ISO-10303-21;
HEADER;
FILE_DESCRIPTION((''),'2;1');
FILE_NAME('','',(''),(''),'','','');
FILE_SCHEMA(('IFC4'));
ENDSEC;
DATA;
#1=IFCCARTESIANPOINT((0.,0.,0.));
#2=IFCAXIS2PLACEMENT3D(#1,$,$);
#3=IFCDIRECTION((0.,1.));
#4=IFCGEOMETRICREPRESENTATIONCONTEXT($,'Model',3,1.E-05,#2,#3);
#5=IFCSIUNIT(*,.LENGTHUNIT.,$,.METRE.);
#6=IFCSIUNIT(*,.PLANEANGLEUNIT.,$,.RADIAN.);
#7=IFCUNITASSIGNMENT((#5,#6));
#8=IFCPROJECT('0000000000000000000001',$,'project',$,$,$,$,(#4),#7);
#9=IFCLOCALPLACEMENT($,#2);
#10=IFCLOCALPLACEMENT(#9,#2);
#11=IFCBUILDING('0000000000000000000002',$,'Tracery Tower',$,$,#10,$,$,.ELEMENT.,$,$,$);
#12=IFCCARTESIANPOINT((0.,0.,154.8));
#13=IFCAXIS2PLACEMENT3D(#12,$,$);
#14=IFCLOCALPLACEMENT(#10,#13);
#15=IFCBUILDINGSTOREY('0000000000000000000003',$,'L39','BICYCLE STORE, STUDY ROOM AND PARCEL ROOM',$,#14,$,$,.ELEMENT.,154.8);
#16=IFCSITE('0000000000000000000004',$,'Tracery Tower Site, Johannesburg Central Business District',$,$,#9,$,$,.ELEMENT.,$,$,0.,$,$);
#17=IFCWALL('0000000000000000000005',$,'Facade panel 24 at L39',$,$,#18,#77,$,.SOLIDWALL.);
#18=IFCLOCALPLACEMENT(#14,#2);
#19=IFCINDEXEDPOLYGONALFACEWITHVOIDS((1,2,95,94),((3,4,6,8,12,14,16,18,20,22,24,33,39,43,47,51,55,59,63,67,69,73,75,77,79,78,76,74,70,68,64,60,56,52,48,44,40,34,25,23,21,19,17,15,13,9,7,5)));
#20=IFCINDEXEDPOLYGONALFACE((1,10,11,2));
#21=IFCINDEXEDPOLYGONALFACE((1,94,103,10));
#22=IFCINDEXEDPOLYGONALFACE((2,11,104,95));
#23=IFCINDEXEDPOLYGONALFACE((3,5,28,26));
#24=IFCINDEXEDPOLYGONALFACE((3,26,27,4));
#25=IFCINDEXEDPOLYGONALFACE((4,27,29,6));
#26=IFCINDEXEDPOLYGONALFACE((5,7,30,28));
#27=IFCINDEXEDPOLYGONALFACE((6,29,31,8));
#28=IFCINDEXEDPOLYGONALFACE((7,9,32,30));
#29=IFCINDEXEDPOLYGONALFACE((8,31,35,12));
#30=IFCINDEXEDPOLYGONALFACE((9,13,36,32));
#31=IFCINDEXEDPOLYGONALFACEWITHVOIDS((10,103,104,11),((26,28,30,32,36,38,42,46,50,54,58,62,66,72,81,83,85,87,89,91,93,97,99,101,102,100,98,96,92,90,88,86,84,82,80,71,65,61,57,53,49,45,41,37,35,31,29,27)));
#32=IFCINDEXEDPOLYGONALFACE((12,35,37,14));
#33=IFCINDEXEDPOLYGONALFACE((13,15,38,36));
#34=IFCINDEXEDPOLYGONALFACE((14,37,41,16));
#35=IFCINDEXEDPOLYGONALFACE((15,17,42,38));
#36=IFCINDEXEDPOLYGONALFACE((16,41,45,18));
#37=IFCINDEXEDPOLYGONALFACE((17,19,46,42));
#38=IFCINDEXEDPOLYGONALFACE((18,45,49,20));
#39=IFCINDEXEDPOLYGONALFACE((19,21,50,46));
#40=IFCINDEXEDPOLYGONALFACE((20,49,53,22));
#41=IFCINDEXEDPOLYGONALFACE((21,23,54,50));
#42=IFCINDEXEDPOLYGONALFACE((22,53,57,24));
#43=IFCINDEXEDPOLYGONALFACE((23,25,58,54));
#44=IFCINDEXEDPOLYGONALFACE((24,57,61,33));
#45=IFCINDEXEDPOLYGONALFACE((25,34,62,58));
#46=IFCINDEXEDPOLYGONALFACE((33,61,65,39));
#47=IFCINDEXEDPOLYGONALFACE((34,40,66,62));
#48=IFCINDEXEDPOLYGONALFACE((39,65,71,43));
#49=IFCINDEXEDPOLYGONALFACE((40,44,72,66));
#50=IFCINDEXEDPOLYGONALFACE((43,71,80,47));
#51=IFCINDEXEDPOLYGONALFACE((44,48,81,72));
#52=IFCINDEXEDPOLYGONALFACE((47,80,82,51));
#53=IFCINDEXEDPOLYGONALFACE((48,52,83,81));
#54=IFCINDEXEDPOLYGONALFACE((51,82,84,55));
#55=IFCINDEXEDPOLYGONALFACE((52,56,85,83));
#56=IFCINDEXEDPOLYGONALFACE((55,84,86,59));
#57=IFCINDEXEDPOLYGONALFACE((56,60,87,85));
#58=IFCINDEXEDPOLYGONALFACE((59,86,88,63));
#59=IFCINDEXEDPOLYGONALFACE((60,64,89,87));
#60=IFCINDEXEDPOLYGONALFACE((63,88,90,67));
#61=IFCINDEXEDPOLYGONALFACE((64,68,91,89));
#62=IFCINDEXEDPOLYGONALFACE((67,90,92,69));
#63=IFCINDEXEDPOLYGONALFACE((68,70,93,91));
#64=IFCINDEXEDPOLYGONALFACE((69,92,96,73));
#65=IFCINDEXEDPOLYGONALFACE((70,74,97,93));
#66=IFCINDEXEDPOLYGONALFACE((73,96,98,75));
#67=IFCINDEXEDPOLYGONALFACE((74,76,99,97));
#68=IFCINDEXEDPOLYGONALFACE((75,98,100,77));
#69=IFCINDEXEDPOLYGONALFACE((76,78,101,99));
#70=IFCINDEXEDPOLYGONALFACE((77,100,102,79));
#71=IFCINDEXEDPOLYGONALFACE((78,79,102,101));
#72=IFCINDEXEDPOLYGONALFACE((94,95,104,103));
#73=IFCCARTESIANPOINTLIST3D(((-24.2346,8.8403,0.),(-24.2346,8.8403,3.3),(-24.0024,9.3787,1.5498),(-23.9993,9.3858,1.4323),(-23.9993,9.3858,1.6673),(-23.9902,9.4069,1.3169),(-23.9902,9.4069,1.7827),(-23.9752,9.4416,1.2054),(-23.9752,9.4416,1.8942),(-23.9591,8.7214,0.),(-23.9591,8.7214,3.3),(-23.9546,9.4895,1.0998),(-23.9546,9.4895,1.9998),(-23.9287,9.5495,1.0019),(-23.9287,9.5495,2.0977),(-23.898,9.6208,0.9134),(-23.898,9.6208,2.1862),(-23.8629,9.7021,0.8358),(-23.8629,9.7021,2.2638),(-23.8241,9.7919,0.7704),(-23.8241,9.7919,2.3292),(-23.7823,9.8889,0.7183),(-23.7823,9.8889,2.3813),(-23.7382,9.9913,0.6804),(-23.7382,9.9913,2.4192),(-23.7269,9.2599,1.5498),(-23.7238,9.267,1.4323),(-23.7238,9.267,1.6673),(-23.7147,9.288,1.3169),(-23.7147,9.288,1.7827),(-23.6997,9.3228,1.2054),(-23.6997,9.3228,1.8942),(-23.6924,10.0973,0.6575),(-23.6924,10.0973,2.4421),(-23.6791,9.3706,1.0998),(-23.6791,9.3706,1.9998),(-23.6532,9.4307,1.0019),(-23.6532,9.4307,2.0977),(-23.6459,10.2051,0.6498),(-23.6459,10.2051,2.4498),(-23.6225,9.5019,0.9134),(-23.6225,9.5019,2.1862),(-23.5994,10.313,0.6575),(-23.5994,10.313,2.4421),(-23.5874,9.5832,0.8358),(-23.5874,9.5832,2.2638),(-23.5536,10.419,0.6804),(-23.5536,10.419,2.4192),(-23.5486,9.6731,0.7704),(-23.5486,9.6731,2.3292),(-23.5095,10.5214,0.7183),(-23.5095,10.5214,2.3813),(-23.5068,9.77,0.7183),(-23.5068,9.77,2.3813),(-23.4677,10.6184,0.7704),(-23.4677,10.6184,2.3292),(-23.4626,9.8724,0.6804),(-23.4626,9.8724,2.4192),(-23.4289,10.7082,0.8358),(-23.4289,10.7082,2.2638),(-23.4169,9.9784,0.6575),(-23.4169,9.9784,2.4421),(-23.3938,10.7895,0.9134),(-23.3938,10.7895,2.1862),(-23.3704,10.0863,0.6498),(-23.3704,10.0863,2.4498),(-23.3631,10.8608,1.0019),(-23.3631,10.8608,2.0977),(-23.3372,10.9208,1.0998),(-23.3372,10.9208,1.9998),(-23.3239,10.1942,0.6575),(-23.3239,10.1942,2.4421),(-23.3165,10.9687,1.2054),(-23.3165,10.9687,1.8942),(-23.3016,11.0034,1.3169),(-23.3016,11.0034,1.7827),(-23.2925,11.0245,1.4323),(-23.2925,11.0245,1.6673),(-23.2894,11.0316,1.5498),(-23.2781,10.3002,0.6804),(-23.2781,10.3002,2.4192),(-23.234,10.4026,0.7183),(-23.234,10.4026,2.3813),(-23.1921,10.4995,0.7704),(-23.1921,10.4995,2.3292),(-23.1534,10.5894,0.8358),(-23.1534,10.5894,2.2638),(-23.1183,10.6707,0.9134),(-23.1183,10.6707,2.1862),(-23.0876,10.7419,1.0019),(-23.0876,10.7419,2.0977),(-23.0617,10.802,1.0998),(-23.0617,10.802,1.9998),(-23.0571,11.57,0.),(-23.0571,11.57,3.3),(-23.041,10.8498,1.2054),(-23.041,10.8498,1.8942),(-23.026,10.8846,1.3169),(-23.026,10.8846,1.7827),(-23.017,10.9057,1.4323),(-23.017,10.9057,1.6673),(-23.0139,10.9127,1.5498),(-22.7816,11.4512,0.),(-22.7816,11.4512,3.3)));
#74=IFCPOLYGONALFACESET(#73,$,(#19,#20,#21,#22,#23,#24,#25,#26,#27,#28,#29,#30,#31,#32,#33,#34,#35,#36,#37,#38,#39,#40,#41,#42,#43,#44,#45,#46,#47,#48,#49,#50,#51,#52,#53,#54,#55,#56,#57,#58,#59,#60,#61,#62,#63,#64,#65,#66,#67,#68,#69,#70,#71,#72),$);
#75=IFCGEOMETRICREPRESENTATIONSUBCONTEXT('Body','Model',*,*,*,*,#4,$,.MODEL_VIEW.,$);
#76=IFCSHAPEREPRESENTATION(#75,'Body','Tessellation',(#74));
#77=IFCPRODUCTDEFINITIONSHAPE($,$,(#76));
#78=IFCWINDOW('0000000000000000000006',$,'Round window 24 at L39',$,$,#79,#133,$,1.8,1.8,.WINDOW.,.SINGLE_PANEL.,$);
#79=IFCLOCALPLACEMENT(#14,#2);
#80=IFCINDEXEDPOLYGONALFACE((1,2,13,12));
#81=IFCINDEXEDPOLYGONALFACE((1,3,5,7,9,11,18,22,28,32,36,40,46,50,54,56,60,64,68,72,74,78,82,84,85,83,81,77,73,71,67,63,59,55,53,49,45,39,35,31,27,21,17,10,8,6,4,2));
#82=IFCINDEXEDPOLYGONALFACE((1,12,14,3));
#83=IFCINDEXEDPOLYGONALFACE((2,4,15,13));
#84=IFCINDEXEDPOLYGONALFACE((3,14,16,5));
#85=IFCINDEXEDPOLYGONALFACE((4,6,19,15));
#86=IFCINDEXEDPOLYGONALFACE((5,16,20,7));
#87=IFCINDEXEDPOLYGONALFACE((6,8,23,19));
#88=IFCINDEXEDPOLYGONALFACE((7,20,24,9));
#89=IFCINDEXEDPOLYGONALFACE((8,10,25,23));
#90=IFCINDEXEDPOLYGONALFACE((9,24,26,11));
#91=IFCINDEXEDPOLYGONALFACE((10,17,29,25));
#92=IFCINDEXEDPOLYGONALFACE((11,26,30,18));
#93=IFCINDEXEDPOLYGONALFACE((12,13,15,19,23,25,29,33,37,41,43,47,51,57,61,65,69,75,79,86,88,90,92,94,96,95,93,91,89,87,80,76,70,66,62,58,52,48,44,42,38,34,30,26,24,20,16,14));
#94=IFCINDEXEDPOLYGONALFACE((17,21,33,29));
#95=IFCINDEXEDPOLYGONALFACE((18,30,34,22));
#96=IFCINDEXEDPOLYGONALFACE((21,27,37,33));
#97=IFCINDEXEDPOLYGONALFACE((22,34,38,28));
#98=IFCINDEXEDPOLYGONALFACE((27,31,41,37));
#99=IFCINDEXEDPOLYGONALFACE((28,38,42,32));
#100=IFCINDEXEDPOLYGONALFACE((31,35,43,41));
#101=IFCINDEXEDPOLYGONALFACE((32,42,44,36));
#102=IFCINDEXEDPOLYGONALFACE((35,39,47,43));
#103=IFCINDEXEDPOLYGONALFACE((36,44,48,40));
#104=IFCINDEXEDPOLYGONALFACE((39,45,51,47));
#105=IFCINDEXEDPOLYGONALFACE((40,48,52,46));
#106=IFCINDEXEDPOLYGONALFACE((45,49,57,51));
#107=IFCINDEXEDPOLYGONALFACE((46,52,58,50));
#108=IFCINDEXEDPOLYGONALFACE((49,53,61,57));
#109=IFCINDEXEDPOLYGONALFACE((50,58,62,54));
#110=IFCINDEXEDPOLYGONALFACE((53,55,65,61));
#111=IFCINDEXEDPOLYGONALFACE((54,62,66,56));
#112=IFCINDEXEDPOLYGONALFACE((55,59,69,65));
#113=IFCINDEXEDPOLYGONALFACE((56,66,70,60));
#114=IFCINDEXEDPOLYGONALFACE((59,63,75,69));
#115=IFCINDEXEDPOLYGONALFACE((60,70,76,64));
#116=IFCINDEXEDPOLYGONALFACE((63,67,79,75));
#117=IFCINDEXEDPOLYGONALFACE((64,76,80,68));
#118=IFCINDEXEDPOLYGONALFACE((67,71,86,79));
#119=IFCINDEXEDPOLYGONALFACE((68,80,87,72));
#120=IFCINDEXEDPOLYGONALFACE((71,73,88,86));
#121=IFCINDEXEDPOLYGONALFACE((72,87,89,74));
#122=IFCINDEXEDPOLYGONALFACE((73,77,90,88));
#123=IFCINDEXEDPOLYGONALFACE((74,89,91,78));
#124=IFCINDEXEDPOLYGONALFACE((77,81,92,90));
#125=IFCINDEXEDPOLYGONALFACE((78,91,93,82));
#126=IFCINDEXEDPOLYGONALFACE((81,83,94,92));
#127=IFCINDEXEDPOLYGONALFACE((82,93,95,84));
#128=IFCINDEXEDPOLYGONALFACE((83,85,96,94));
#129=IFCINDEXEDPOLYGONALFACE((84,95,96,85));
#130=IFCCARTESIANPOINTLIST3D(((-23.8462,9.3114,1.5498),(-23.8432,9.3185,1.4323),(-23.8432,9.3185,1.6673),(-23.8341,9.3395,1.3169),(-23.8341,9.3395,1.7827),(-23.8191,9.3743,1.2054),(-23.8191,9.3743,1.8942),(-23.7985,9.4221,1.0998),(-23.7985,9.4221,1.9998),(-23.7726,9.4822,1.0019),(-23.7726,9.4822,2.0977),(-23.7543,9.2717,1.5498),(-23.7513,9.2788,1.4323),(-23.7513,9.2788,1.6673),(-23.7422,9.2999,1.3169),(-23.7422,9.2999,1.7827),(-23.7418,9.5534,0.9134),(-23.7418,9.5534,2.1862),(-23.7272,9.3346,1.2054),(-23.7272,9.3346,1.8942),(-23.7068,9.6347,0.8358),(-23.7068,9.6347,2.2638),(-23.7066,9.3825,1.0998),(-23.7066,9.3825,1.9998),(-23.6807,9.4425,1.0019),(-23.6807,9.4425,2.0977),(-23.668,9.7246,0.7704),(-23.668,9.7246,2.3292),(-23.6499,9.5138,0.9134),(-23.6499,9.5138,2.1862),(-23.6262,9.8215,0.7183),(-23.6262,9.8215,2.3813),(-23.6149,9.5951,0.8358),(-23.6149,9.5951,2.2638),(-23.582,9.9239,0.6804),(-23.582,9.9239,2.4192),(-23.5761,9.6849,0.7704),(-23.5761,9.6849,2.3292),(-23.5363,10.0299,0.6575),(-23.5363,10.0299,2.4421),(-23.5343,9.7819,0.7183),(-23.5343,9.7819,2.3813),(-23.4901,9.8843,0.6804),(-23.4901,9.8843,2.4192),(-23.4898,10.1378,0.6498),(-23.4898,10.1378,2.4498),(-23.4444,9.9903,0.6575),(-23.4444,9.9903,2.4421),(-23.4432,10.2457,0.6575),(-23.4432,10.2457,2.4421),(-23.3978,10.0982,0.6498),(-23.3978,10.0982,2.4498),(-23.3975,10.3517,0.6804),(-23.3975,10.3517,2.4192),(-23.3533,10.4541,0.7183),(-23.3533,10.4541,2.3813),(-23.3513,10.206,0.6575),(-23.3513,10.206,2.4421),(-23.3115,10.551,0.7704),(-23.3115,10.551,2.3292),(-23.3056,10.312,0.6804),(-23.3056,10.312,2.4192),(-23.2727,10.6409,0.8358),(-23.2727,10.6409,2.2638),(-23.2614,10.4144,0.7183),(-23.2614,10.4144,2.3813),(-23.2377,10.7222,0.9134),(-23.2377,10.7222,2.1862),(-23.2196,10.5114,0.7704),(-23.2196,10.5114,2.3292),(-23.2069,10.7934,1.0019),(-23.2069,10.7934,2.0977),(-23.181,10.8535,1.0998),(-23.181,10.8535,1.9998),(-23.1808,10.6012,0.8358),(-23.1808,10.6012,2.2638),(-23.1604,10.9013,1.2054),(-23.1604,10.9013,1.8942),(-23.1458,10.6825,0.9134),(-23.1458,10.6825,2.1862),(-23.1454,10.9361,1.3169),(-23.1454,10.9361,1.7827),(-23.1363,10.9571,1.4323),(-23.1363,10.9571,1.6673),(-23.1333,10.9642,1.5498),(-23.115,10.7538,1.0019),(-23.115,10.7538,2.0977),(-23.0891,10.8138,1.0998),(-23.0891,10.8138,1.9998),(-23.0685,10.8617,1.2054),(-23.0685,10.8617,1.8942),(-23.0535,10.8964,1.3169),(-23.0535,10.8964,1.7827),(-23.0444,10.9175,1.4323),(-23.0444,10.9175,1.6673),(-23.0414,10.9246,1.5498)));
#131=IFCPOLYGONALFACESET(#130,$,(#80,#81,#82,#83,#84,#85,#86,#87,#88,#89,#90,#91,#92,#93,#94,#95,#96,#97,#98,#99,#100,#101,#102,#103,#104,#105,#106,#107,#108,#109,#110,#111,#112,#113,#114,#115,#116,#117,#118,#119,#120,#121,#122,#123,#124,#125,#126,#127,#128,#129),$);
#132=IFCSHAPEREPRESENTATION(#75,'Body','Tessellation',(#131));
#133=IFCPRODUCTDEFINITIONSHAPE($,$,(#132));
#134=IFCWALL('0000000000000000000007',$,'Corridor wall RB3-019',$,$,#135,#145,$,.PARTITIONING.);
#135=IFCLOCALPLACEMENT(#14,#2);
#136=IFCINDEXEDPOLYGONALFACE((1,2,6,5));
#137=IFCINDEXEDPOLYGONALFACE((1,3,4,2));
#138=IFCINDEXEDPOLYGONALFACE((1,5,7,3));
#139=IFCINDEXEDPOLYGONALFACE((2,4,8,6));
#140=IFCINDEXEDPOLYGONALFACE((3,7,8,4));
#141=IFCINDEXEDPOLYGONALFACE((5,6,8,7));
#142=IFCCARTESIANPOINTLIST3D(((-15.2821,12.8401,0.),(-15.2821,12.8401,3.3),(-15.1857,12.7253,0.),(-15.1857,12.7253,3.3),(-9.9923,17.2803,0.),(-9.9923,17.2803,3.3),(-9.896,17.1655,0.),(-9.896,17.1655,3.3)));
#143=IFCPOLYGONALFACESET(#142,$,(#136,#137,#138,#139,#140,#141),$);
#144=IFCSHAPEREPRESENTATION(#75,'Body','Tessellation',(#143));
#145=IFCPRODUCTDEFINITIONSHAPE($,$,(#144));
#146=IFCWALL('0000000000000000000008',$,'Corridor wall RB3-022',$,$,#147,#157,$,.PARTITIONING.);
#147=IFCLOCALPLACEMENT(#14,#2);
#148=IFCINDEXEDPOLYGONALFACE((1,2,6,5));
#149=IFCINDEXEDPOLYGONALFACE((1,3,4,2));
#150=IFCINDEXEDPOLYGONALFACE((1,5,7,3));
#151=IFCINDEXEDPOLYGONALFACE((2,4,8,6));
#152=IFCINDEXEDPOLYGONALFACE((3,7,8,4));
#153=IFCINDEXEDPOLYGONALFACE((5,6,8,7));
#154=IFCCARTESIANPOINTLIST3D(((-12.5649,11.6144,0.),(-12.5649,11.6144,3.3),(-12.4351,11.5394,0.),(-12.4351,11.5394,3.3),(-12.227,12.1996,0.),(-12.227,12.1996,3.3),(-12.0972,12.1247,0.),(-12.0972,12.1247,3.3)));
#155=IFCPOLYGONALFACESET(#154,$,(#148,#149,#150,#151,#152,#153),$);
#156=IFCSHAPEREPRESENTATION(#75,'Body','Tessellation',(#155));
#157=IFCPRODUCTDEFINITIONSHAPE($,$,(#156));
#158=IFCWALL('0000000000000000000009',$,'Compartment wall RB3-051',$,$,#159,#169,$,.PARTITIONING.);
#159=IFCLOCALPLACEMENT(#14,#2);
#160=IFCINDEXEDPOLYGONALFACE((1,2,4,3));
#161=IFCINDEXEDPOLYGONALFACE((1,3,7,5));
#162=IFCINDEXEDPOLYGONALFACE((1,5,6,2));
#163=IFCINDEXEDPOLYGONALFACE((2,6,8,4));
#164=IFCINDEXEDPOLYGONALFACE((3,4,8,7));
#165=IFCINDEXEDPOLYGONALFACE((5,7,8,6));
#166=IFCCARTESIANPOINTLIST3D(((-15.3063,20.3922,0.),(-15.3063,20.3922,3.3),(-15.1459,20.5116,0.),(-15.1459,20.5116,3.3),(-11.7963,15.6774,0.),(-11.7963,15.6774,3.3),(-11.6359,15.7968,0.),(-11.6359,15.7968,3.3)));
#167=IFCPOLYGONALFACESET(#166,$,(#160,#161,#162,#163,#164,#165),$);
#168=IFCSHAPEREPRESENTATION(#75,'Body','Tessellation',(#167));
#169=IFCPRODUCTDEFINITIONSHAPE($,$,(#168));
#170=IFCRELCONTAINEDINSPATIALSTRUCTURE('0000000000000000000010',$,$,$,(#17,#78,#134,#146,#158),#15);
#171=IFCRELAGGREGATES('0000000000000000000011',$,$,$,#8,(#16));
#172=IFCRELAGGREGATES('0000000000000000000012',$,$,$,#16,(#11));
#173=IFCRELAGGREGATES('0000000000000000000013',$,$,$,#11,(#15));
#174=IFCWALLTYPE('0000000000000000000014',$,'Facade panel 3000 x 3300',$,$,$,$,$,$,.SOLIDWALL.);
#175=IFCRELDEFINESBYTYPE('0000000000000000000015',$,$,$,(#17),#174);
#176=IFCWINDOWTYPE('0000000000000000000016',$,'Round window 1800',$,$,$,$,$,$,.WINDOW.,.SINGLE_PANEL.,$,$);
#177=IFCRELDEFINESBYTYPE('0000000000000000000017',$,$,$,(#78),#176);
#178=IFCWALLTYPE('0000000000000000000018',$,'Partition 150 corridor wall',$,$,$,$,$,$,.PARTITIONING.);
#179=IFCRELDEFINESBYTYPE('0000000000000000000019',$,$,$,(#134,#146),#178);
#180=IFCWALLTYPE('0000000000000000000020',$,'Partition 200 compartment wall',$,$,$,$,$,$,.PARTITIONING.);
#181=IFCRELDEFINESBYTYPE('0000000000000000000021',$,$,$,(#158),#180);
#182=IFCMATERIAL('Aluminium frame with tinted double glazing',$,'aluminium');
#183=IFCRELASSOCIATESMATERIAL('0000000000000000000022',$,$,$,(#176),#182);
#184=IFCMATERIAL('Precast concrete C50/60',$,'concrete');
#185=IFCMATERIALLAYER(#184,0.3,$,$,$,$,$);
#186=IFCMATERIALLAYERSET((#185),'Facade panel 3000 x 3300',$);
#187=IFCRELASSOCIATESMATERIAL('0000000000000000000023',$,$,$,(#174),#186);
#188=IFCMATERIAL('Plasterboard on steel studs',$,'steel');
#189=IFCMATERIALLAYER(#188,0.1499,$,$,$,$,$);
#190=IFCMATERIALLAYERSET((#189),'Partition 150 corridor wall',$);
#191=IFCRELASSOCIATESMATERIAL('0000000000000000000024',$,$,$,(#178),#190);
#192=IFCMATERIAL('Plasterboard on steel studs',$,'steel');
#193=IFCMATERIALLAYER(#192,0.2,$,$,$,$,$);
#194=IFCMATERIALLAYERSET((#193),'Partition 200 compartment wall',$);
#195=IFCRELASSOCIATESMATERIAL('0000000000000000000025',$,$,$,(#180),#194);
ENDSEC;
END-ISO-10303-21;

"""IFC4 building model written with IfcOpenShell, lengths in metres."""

from ifc_helpers import new_model, si_unit, direction, frame, frame_2d, origin, origin_2d, place, context, subcontext, project, spatial, rectangle, circle, extrude, material, layer, layer_set, type_object, element, fill, save


model = new_model("IFC4")

# Units and contexts
model_context = context("Model", 3, precision=1e-05, world=origin(), true_north=direction((0.0, 1.0)))
body_context = subcontext(model_context, "Body", "Model", "MODEL_VIEW")
ifc_project = project(units=[si_unit("LENGTHUNIT", "METRE"), si_unit("PLANEANGLEUNIT", "RADIAN")], contexts=[model_context])

# Site, building, storey
site_placement = place(None, origin())
site = spatial("IfcSite", under=ifc_project, at=site_placement, Name="Tracery Tower Site, Johannesburg Central Business District", CompositionType="ELEMENT", RefElevation=0.0)
building_placement = place(site_placement, origin())
building = spatial("IfcBuilding", under=site, at=building_placement, Name="Tracery Tower", CompositionType="ELEMENT")
storey_placement = place(building_placement, frame((0.0, 0.0, 154.8)))
storey = spatial("IfcBuildingStorey", under=building, at=storey_placement, Name="L39", Description="BICYCLE STORE, STUDY ROOM AND PARCEL ROOM", CompositionType="ELEMENT", Elevation=154.8)

# Wall, opening, window
ifc_material_1 = material(Name="Aluminium frame with tinted double glazing", Category="aluminium")
window_type = type_object("IfcWindowType", Name="Round window 1800", PartitioningType="SINGLE_PANEL", PredefinedType="WINDOW", material=ifc_material_1)
ifc_material_2 = material(Name="Precast concrete C50/60", Category="concrete")
ifc_layer_1 = layer(ifc_material_2, 0.3)
ifc_layer_set_1 = layer_set([ifc_layer_1], Name="Facade panel 3000 x 3300")
wall_type_1 = type_object("IfcWallType", Name="Facade panel 3000 x 3300", PredefinedType="SOLIDWALL", material=ifc_layer_set_1)
wall_1_placement = place(storey_placement, frame((-22.9194, 11.5105, 0.0), z_axis=(0.0, 0.0, 1.0), x_axis=(-0.396079, -0.918216, 0.0)))
wall_1 = element("IfcWall", 1, at=wall_1_placement, inside=storey, type_object=wall_type_1, Name="Facade panel 24 at L39", PredefinedType="SOLIDWALL", context=body_context, shape_type="SweptSolid", body=[
    extrude(rectangle(XDim=2.9729, YDim=0.3, at=frame_2d((1.4863, 0.0))), origin(), (0.0, 0.0, 1.0), 3.3),
])
opening_1_placement = place(wall_1_placement, frame((1.4863, 0.0, 1.5498)))
opening_1 = element("IfcOpeningElement", 2, at=opening_1_placement, cuts=wall_1, PredefinedType="OPENING", context=body_context, shape_type="SweptSolid", body=[
    extrude(circle(Radius=0.9, at=origin_2d()), frame((0.0, 0.1599, 0.0), z_axis=(0.0, -1.0, 0.0), x_axis=(1.0, 0.0, 0.0)), (0.0, 0.0, 1.0), 0.3201),
])
window_1_placement = place(opening_1_placement, origin())
window_1 = element("IfcWindow", 3, at=window_1_placement, inside=storey, type_object=window_type, Name="Round window 24 at L39", OverallHeight=1.8, OverallWidth=1.8, PartitioningType="SINGLE_PANEL", PredefinedType="WINDOW", context=body_context, shape_type="SweptSolid", body=[
    extrude(circle(Radius=0.9, at=origin_2d()), frame((0.0, 0.1201, 0.0), z_axis=(0.0, -1.0, 0.0), x_axis=(1.0, 0.0, 0.0)), (0.0, 0.0, 1.0), 0.1001),
])
fill(opening_1, window_1)

# Walls
ifc_material_3 = material(Name="Plasterboard on steel studs", Category="steel")
ifc_layer_2 = layer(ifc_material_3, 0.1499)
ifc_layer_set_2 = layer_set([ifc_layer_2], Name="Partition 150 corridor wall")
wall_type_2 = type_object("IfcWallType", Name="Partition 150 corridor wall", PredefinedType="PARTITIONING", material=ifc_layer_set_2)
wall_2_placement = place(storey_placement, frame((-15.2339, 12.7827, 0.0), z_axis=(0.0, 0.0, 1.0), x_axis=(0.765936, 0.642917, 0.0)))
element("IfcWall", 4, at=wall_2_placement, inside=storey, type_object=wall_type_2, Name="Corridor wall RB3-019", PredefinedType="PARTITIONING", context=body_context, shape_type="SweptSolid", body=[
    extrude(rectangle(XDim=6.9062, YDim=0.1499, at=frame_2d((3.4531, 0.0))), origin(), (0.0, 0.0, 1.0), 3.3),
])
wall_3_placement = place(storey_placement, frame((-12.5, 11.5769, 0.0), z_axis=(0.0, 0.0, 1.0), x_axis=(0.500025, 0.866011, 0.0)))
element("IfcWall", 5, at=wall_3_placement, inside=storey, type_object=wall_type_2, Name="Corridor wall RB3-022", PredefinedType="PARTITIONING", context=body_context, shape_type="SweptSolid", body=[
    extrude(rectangle(XDim=0.6758, YDim=0.1499, at=frame_2d((0.3379, 0.0))), origin(), (0.0, 0.0, 1.0), 3.3),
])
ifc_material_4 = material(Name="Plasterboard on steel studs", Category="steel")
ifc_layer_3 = layer(ifc_material_4, 0.2)
ifc_layer_set_3 = layer_set([ifc_layer_3], Name="Partition 200 compartment wall")
wall_type_3 = type_object("IfcWallType", Name="Partition 200 compartment wall", PredefinedType="PARTITIONING", material=ifc_layer_set_3)
wall_4_placement = place(storey_placement, frame((-15.2261, 20.4519, 0.0), z_axis=(0.0, 0.0, 1.0), x_axis=(0.597152, -0.802128, 0.0)))
element("IfcWall", 6, at=wall_4_placement, inside=storey, type_object=wall_type_3, Name="Compartment wall RB3-051", PredefinedType="PARTITIONING", context=body_context, shape_type="SweptSolid", body=[
    extrude(rectangle(XDim=5.8779, YDim=0.2, at=frame_2d((2.939, 0.0))), origin(), (0.0, 0.0, 1.0), 3.3),
])

save(model, "model.ifc")
